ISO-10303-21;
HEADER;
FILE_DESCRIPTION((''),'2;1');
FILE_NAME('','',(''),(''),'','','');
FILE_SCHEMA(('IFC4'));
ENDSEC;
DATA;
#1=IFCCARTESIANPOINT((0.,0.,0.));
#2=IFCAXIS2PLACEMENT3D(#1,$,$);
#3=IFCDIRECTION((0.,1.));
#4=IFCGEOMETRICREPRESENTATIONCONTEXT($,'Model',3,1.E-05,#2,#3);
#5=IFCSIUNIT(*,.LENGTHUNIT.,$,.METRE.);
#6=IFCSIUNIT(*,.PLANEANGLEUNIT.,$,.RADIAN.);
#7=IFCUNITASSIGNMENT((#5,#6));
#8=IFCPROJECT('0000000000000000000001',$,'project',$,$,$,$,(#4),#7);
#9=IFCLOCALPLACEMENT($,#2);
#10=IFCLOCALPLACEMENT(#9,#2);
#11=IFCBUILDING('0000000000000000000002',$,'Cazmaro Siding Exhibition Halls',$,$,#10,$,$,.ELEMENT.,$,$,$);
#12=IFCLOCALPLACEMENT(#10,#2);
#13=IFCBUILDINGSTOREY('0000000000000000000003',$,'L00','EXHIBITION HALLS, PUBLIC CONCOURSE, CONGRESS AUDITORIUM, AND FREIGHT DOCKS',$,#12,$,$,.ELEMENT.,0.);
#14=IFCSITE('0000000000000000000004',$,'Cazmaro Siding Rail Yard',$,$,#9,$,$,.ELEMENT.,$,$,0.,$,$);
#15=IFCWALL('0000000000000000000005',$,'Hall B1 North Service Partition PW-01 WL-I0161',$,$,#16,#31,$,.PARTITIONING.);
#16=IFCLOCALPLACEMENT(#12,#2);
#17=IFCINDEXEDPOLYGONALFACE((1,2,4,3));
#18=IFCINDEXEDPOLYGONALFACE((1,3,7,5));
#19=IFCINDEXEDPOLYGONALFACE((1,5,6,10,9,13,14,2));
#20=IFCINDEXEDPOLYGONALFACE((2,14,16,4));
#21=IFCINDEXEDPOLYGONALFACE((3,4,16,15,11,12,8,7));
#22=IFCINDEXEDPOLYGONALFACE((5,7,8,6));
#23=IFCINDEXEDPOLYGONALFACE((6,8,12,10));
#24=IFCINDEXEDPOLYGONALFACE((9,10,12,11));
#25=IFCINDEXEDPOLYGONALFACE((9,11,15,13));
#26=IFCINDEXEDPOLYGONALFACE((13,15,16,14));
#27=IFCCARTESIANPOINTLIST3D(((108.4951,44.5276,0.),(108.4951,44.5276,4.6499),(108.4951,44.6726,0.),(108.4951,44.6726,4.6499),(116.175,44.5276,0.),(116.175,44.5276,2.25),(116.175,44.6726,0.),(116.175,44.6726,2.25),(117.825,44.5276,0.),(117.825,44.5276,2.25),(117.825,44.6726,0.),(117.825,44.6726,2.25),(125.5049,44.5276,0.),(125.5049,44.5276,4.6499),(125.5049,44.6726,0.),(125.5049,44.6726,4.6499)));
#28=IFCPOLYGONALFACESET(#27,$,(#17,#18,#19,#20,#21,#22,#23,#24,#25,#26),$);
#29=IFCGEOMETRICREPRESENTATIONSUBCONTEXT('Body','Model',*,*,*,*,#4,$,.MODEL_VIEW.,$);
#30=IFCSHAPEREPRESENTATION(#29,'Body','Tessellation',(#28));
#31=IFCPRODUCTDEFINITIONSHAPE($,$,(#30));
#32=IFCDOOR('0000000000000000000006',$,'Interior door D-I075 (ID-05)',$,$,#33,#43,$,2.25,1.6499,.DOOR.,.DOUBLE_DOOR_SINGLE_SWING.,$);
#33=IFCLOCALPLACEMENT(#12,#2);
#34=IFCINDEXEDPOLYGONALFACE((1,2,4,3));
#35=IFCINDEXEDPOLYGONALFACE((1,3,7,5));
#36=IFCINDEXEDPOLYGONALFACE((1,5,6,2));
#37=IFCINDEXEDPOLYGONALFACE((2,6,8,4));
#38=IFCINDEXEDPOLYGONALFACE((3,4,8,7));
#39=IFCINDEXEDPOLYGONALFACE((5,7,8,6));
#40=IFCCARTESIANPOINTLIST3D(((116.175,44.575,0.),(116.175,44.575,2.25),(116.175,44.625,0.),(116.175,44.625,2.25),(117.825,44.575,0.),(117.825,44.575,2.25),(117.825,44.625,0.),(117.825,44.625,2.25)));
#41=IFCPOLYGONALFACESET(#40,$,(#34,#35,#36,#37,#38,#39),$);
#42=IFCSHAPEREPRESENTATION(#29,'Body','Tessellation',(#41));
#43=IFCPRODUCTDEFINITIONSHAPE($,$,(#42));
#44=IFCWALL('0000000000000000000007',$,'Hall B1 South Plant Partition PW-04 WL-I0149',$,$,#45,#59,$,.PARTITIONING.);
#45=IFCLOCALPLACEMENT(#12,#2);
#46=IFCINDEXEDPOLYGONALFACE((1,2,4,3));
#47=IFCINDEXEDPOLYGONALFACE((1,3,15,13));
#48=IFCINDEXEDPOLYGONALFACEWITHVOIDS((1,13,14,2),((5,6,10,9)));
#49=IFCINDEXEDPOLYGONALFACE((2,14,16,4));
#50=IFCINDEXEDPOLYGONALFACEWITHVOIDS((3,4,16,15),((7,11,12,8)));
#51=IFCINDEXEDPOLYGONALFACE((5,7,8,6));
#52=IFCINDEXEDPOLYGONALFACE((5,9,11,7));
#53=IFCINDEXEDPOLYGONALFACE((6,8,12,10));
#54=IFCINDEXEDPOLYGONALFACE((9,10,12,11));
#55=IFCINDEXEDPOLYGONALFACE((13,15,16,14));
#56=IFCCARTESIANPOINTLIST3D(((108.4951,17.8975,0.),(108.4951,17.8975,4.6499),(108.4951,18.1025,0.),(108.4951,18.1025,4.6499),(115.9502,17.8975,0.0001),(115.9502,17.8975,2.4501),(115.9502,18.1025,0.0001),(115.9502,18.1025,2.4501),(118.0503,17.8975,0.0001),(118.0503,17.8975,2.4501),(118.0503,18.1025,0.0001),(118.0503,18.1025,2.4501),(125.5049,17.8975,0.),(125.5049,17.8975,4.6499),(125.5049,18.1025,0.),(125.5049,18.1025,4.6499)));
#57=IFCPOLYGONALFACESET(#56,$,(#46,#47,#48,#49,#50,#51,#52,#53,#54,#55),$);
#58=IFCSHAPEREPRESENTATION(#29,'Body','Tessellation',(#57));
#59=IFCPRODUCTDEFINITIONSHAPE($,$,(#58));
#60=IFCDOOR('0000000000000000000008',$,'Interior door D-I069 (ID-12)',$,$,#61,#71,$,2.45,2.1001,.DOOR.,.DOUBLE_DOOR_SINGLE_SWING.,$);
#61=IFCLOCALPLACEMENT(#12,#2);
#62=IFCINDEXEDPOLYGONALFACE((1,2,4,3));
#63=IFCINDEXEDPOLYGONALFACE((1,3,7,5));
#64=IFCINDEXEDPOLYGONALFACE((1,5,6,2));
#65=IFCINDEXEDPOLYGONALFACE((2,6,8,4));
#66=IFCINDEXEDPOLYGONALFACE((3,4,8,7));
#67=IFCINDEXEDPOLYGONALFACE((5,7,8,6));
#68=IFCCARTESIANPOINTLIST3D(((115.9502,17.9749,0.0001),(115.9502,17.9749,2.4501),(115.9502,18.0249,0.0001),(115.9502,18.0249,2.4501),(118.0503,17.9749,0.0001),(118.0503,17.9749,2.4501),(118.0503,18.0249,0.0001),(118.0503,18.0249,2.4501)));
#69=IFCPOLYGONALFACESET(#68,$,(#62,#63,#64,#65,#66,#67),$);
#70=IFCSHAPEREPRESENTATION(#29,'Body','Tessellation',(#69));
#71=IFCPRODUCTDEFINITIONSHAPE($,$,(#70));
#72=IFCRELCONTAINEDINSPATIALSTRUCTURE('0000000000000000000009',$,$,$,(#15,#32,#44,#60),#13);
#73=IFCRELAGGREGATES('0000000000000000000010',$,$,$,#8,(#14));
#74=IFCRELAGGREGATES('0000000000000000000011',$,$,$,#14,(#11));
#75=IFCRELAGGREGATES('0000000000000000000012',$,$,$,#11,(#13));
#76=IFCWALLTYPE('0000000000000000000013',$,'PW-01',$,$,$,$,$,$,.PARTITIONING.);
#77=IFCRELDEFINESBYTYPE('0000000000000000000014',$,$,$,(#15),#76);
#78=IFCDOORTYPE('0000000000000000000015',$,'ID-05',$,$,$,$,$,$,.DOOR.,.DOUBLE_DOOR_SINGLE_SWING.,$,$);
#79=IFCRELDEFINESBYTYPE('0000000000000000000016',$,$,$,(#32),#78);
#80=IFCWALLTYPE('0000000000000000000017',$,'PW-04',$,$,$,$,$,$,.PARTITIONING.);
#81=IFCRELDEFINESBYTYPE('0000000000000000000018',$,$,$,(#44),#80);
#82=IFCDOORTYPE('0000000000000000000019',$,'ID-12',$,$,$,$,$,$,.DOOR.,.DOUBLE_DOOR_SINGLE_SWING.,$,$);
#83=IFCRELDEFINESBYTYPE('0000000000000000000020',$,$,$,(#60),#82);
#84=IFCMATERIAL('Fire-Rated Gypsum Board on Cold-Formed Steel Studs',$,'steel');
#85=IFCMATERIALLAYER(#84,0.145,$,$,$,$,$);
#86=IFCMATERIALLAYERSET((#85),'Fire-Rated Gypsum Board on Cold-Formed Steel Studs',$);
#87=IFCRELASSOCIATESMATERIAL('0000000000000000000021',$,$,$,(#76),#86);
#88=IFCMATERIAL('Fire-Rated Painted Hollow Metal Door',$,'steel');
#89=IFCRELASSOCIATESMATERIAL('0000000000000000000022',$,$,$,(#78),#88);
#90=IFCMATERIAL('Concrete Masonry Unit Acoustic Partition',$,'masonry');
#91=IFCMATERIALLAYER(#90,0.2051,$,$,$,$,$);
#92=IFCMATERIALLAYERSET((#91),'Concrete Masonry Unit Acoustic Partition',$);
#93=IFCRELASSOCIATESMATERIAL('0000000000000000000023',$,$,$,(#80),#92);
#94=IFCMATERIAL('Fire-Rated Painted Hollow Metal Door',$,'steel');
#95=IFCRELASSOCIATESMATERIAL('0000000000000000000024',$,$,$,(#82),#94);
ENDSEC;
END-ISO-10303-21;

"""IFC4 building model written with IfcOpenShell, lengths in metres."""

from ifc_helpers import new_model, si_unit, direction, frame, frame_2d, origin, place, context, subcontext, project, spatial, rectangle, extrude, material, layer, layer_set, type_object, element, fill, save


model = new_model("IFC4")

# Units and contexts
model_context = context("Model", 3, precision=1e-05, world=origin(), true_north=direction((0.0, 1.0)))
body_context = subcontext(model_context, "Body", "Model", "MODEL_VIEW")
ifc_project = project(units=[si_unit("LENGTHUNIT", "METRE"), si_unit("PLANEANGLEUNIT", "RADIAN")], contexts=[model_context])

# Site, building, storey
site_placement = place(None, origin())
site = spatial("IfcSite", under=ifc_project, at=site_placement, Name="Cazmaro Siding Rail Yard", CompositionType="ELEMENT", RefElevation=0.0)
building_placement = place(site_placement, origin())
building = spatial("IfcBuilding", under=site, at=building_placement, Name="Cazmaro Siding Exhibition Halls", CompositionType="ELEMENT")
storey_placement = place(building_placement, origin())
storey = spatial("IfcBuildingStorey", under=building, at=storey_placement, Name="L00", Description="EXHIBITION HALLS, PUBLIC CONCOURSE, CONGRESS AUDITORIUM, AND FREIGHT DOCKS", CompositionType="ELEMENT", Elevation=0.0)

# Walls, openings, doors
ifc_material_1 = material(Name="Fire-Rated Gypsum Board on Cold-Formed Steel Studs", Category="steel")
ifc_layer_1 = layer(ifc_material_1, 0.145)
ifc_layer_set_1 = layer_set([ifc_layer_1], Name="Fire-Rated Gypsum Board on Cold-Formed Steel Studs")
wall_type_1 = type_object("IfcWallType", Name="PW-01", PredefinedType="PARTITIONING", material=ifc_layer_set_1)
wall_1_placement = place(storey_placement, frame((108.4951, 44.6001, 0.0), z_axis=(0.0, 0.0, 1.0), x_axis=(1.0, 0.0, 0.0)))
wall_1 = element("IfcWall", 1, at=wall_1_placement, inside=storey, type_object=wall_type_1, Name="Hall B1 North Service Partition PW-01 WL-I0161", PredefinedType="PARTITIONING", context=body_context, shape_type="SweptSolid", body=[
    extrude(rectangle(XDim=17.0098, YDim=0.145, at=frame_2d((8.5049, 0.0))), origin(), (0.0, 0.0, 1.0), 4.6499),
])
opening_1_placement = place(wall_1_placement, frame((7.6799, 0.0, 0.0)))
opening_1 = element("IfcOpeningElement", 2, at=opening_1_placement, cuts=wall_1, PredefinedType="OPENING", context=body_context, shape_type="SweptSolid", body=[
    extrude(rectangle(XDim=1.6499, YDim=2.25, at=frame_2d((0.825, 1.125))), frame((0.0, 0.0825, 0.0), z_axis=(0.0, -1.0, 0.0), x_axis=(1.0, 0.0, 0.0)), (0.0, 0.0, 1.0), 0.165),
])
ifc_material_2 = material(Name="Fire-Rated Painted Hollow Metal Door", Category="steel")
door_type_1 = type_object("IfcDoorType", Name="ID-05", OperationType="DOUBLE_DOOR_SINGLE_SWING", PredefinedType="DOOR", material=ifc_material_2)
door_1_placement = place(opening_1_placement, origin())
door_1 = element("IfcDoor", 3, at=door_1_placement, inside=storey, type_object=door_type_1, Name="Interior door D-I075 (ID-05)", OperationType="DOUBLE_DOOR_SINGLE_SWING", OverallHeight=2.25, OverallWidth=1.6499, PredefinedType="DOOR", context=body_context, shape_type="SweptSolid", body=[
    extrude(rectangle(XDim=1.6499, YDim=2.25, at=frame_2d((0.825, 1.125))), frame((0.0, 0.0249, 0.0), z_axis=(0.0, -1.0, 0.0), x_axis=(1.0, 0.0, 0.0)), (0.0, 0.0, 1.0), 0.05),
])
fill(opening_1, door_1)
ifc_material_3 = material(Name="Concrete Masonry Unit Acoustic Partition", Category="masonry")
ifc_layer_2 = layer(ifc_material_3, 0.2051)
ifc_layer_set_2 = layer_set([ifc_layer_2], Name="Concrete Masonry Unit Acoustic Partition")
wall_type_2 = type_object("IfcWallType", Name="PW-04", PredefinedType="PARTITIONING", material=ifc_layer_set_2)
wall_2_placement = place(storey_placement, frame((108.4951, 18.0, 0.0), z_axis=(0.0, 0.0, 1.0), x_axis=(1.0, 0.0, 0.0)))
wall_2 = element("IfcWall", 4, at=wall_2_placement, inside=storey, type_object=wall_type_2, Name="Hall B1 South Plant Partition PW-04 WL-I0149", PredefinedType="PARTITIONING", context=body_context, shape_type="SweptSolid", body=[
    extrude(rectangle(XDim=17.0098, YDim=0.2051, at=frame_2d((8.5049, 0.0))), origin(), (0.0, 0.0, 1.0), 4.6499),
])
opening_2_placement = place(wall_2_placement, frame((7.4551, 0.0, 0.0)))
opening_2 = element("IfcOpeningElement", 5, at=opening_2_placement, cuts=wall_2, PredefinedType="OPENING", context=body_context, shape_type="SweptSolid", body=[
    extrude(rectangle(XDim=2.1001, YDim=2.45, at=frame_2d((1.05, 1.2251))), frame((0.0, 0.1125, 0.0), z_axis=(0.0, -1.0, 0.0), x_axis=(1.0, 0.0, 0.0)), (0.0, 0.0, 1.0), 0.2251),
])
ifc_material_4 = material(Name="Fire-Rated Painted Hollow Metal Door", Category="steel")
door_type_2 = type_object("IfcDoorType", Name="ID-12", OperationType="DOUBLE_DOOR_SINGLE_SWING", PredefinedType="DOOR", material=ifc_material_4)
door_2_placement = place(opening_2_placement, origin())
door_2 = element("IfcDoor", 6, at=door_2_placement, inside=storey, type_object=door_type_2, Name="Interior door D-I069 (ID-12)", OperationType="DOUBLE_DOOR_SINGLE_SWING", OverallHeight=2.45, OverallWidth=2.1001, PredefinedType="DOOR", context=body_context, shape_type="SweptSolid", body=[
    extrude(rectangle(XDim=2.1001, YDim=2.45, at=frame_2d((1.05, 1.2251))), frame((0.0, 0.0249, 0.0), z_axis=(0.0, -1.0, 0.0), x_axis=(1.0, 0.0, 0.0)), (0.0, 0.0, 1.0), 0.05),
])
fill(opening_2, door_2)

save(model, "model.ifc")
